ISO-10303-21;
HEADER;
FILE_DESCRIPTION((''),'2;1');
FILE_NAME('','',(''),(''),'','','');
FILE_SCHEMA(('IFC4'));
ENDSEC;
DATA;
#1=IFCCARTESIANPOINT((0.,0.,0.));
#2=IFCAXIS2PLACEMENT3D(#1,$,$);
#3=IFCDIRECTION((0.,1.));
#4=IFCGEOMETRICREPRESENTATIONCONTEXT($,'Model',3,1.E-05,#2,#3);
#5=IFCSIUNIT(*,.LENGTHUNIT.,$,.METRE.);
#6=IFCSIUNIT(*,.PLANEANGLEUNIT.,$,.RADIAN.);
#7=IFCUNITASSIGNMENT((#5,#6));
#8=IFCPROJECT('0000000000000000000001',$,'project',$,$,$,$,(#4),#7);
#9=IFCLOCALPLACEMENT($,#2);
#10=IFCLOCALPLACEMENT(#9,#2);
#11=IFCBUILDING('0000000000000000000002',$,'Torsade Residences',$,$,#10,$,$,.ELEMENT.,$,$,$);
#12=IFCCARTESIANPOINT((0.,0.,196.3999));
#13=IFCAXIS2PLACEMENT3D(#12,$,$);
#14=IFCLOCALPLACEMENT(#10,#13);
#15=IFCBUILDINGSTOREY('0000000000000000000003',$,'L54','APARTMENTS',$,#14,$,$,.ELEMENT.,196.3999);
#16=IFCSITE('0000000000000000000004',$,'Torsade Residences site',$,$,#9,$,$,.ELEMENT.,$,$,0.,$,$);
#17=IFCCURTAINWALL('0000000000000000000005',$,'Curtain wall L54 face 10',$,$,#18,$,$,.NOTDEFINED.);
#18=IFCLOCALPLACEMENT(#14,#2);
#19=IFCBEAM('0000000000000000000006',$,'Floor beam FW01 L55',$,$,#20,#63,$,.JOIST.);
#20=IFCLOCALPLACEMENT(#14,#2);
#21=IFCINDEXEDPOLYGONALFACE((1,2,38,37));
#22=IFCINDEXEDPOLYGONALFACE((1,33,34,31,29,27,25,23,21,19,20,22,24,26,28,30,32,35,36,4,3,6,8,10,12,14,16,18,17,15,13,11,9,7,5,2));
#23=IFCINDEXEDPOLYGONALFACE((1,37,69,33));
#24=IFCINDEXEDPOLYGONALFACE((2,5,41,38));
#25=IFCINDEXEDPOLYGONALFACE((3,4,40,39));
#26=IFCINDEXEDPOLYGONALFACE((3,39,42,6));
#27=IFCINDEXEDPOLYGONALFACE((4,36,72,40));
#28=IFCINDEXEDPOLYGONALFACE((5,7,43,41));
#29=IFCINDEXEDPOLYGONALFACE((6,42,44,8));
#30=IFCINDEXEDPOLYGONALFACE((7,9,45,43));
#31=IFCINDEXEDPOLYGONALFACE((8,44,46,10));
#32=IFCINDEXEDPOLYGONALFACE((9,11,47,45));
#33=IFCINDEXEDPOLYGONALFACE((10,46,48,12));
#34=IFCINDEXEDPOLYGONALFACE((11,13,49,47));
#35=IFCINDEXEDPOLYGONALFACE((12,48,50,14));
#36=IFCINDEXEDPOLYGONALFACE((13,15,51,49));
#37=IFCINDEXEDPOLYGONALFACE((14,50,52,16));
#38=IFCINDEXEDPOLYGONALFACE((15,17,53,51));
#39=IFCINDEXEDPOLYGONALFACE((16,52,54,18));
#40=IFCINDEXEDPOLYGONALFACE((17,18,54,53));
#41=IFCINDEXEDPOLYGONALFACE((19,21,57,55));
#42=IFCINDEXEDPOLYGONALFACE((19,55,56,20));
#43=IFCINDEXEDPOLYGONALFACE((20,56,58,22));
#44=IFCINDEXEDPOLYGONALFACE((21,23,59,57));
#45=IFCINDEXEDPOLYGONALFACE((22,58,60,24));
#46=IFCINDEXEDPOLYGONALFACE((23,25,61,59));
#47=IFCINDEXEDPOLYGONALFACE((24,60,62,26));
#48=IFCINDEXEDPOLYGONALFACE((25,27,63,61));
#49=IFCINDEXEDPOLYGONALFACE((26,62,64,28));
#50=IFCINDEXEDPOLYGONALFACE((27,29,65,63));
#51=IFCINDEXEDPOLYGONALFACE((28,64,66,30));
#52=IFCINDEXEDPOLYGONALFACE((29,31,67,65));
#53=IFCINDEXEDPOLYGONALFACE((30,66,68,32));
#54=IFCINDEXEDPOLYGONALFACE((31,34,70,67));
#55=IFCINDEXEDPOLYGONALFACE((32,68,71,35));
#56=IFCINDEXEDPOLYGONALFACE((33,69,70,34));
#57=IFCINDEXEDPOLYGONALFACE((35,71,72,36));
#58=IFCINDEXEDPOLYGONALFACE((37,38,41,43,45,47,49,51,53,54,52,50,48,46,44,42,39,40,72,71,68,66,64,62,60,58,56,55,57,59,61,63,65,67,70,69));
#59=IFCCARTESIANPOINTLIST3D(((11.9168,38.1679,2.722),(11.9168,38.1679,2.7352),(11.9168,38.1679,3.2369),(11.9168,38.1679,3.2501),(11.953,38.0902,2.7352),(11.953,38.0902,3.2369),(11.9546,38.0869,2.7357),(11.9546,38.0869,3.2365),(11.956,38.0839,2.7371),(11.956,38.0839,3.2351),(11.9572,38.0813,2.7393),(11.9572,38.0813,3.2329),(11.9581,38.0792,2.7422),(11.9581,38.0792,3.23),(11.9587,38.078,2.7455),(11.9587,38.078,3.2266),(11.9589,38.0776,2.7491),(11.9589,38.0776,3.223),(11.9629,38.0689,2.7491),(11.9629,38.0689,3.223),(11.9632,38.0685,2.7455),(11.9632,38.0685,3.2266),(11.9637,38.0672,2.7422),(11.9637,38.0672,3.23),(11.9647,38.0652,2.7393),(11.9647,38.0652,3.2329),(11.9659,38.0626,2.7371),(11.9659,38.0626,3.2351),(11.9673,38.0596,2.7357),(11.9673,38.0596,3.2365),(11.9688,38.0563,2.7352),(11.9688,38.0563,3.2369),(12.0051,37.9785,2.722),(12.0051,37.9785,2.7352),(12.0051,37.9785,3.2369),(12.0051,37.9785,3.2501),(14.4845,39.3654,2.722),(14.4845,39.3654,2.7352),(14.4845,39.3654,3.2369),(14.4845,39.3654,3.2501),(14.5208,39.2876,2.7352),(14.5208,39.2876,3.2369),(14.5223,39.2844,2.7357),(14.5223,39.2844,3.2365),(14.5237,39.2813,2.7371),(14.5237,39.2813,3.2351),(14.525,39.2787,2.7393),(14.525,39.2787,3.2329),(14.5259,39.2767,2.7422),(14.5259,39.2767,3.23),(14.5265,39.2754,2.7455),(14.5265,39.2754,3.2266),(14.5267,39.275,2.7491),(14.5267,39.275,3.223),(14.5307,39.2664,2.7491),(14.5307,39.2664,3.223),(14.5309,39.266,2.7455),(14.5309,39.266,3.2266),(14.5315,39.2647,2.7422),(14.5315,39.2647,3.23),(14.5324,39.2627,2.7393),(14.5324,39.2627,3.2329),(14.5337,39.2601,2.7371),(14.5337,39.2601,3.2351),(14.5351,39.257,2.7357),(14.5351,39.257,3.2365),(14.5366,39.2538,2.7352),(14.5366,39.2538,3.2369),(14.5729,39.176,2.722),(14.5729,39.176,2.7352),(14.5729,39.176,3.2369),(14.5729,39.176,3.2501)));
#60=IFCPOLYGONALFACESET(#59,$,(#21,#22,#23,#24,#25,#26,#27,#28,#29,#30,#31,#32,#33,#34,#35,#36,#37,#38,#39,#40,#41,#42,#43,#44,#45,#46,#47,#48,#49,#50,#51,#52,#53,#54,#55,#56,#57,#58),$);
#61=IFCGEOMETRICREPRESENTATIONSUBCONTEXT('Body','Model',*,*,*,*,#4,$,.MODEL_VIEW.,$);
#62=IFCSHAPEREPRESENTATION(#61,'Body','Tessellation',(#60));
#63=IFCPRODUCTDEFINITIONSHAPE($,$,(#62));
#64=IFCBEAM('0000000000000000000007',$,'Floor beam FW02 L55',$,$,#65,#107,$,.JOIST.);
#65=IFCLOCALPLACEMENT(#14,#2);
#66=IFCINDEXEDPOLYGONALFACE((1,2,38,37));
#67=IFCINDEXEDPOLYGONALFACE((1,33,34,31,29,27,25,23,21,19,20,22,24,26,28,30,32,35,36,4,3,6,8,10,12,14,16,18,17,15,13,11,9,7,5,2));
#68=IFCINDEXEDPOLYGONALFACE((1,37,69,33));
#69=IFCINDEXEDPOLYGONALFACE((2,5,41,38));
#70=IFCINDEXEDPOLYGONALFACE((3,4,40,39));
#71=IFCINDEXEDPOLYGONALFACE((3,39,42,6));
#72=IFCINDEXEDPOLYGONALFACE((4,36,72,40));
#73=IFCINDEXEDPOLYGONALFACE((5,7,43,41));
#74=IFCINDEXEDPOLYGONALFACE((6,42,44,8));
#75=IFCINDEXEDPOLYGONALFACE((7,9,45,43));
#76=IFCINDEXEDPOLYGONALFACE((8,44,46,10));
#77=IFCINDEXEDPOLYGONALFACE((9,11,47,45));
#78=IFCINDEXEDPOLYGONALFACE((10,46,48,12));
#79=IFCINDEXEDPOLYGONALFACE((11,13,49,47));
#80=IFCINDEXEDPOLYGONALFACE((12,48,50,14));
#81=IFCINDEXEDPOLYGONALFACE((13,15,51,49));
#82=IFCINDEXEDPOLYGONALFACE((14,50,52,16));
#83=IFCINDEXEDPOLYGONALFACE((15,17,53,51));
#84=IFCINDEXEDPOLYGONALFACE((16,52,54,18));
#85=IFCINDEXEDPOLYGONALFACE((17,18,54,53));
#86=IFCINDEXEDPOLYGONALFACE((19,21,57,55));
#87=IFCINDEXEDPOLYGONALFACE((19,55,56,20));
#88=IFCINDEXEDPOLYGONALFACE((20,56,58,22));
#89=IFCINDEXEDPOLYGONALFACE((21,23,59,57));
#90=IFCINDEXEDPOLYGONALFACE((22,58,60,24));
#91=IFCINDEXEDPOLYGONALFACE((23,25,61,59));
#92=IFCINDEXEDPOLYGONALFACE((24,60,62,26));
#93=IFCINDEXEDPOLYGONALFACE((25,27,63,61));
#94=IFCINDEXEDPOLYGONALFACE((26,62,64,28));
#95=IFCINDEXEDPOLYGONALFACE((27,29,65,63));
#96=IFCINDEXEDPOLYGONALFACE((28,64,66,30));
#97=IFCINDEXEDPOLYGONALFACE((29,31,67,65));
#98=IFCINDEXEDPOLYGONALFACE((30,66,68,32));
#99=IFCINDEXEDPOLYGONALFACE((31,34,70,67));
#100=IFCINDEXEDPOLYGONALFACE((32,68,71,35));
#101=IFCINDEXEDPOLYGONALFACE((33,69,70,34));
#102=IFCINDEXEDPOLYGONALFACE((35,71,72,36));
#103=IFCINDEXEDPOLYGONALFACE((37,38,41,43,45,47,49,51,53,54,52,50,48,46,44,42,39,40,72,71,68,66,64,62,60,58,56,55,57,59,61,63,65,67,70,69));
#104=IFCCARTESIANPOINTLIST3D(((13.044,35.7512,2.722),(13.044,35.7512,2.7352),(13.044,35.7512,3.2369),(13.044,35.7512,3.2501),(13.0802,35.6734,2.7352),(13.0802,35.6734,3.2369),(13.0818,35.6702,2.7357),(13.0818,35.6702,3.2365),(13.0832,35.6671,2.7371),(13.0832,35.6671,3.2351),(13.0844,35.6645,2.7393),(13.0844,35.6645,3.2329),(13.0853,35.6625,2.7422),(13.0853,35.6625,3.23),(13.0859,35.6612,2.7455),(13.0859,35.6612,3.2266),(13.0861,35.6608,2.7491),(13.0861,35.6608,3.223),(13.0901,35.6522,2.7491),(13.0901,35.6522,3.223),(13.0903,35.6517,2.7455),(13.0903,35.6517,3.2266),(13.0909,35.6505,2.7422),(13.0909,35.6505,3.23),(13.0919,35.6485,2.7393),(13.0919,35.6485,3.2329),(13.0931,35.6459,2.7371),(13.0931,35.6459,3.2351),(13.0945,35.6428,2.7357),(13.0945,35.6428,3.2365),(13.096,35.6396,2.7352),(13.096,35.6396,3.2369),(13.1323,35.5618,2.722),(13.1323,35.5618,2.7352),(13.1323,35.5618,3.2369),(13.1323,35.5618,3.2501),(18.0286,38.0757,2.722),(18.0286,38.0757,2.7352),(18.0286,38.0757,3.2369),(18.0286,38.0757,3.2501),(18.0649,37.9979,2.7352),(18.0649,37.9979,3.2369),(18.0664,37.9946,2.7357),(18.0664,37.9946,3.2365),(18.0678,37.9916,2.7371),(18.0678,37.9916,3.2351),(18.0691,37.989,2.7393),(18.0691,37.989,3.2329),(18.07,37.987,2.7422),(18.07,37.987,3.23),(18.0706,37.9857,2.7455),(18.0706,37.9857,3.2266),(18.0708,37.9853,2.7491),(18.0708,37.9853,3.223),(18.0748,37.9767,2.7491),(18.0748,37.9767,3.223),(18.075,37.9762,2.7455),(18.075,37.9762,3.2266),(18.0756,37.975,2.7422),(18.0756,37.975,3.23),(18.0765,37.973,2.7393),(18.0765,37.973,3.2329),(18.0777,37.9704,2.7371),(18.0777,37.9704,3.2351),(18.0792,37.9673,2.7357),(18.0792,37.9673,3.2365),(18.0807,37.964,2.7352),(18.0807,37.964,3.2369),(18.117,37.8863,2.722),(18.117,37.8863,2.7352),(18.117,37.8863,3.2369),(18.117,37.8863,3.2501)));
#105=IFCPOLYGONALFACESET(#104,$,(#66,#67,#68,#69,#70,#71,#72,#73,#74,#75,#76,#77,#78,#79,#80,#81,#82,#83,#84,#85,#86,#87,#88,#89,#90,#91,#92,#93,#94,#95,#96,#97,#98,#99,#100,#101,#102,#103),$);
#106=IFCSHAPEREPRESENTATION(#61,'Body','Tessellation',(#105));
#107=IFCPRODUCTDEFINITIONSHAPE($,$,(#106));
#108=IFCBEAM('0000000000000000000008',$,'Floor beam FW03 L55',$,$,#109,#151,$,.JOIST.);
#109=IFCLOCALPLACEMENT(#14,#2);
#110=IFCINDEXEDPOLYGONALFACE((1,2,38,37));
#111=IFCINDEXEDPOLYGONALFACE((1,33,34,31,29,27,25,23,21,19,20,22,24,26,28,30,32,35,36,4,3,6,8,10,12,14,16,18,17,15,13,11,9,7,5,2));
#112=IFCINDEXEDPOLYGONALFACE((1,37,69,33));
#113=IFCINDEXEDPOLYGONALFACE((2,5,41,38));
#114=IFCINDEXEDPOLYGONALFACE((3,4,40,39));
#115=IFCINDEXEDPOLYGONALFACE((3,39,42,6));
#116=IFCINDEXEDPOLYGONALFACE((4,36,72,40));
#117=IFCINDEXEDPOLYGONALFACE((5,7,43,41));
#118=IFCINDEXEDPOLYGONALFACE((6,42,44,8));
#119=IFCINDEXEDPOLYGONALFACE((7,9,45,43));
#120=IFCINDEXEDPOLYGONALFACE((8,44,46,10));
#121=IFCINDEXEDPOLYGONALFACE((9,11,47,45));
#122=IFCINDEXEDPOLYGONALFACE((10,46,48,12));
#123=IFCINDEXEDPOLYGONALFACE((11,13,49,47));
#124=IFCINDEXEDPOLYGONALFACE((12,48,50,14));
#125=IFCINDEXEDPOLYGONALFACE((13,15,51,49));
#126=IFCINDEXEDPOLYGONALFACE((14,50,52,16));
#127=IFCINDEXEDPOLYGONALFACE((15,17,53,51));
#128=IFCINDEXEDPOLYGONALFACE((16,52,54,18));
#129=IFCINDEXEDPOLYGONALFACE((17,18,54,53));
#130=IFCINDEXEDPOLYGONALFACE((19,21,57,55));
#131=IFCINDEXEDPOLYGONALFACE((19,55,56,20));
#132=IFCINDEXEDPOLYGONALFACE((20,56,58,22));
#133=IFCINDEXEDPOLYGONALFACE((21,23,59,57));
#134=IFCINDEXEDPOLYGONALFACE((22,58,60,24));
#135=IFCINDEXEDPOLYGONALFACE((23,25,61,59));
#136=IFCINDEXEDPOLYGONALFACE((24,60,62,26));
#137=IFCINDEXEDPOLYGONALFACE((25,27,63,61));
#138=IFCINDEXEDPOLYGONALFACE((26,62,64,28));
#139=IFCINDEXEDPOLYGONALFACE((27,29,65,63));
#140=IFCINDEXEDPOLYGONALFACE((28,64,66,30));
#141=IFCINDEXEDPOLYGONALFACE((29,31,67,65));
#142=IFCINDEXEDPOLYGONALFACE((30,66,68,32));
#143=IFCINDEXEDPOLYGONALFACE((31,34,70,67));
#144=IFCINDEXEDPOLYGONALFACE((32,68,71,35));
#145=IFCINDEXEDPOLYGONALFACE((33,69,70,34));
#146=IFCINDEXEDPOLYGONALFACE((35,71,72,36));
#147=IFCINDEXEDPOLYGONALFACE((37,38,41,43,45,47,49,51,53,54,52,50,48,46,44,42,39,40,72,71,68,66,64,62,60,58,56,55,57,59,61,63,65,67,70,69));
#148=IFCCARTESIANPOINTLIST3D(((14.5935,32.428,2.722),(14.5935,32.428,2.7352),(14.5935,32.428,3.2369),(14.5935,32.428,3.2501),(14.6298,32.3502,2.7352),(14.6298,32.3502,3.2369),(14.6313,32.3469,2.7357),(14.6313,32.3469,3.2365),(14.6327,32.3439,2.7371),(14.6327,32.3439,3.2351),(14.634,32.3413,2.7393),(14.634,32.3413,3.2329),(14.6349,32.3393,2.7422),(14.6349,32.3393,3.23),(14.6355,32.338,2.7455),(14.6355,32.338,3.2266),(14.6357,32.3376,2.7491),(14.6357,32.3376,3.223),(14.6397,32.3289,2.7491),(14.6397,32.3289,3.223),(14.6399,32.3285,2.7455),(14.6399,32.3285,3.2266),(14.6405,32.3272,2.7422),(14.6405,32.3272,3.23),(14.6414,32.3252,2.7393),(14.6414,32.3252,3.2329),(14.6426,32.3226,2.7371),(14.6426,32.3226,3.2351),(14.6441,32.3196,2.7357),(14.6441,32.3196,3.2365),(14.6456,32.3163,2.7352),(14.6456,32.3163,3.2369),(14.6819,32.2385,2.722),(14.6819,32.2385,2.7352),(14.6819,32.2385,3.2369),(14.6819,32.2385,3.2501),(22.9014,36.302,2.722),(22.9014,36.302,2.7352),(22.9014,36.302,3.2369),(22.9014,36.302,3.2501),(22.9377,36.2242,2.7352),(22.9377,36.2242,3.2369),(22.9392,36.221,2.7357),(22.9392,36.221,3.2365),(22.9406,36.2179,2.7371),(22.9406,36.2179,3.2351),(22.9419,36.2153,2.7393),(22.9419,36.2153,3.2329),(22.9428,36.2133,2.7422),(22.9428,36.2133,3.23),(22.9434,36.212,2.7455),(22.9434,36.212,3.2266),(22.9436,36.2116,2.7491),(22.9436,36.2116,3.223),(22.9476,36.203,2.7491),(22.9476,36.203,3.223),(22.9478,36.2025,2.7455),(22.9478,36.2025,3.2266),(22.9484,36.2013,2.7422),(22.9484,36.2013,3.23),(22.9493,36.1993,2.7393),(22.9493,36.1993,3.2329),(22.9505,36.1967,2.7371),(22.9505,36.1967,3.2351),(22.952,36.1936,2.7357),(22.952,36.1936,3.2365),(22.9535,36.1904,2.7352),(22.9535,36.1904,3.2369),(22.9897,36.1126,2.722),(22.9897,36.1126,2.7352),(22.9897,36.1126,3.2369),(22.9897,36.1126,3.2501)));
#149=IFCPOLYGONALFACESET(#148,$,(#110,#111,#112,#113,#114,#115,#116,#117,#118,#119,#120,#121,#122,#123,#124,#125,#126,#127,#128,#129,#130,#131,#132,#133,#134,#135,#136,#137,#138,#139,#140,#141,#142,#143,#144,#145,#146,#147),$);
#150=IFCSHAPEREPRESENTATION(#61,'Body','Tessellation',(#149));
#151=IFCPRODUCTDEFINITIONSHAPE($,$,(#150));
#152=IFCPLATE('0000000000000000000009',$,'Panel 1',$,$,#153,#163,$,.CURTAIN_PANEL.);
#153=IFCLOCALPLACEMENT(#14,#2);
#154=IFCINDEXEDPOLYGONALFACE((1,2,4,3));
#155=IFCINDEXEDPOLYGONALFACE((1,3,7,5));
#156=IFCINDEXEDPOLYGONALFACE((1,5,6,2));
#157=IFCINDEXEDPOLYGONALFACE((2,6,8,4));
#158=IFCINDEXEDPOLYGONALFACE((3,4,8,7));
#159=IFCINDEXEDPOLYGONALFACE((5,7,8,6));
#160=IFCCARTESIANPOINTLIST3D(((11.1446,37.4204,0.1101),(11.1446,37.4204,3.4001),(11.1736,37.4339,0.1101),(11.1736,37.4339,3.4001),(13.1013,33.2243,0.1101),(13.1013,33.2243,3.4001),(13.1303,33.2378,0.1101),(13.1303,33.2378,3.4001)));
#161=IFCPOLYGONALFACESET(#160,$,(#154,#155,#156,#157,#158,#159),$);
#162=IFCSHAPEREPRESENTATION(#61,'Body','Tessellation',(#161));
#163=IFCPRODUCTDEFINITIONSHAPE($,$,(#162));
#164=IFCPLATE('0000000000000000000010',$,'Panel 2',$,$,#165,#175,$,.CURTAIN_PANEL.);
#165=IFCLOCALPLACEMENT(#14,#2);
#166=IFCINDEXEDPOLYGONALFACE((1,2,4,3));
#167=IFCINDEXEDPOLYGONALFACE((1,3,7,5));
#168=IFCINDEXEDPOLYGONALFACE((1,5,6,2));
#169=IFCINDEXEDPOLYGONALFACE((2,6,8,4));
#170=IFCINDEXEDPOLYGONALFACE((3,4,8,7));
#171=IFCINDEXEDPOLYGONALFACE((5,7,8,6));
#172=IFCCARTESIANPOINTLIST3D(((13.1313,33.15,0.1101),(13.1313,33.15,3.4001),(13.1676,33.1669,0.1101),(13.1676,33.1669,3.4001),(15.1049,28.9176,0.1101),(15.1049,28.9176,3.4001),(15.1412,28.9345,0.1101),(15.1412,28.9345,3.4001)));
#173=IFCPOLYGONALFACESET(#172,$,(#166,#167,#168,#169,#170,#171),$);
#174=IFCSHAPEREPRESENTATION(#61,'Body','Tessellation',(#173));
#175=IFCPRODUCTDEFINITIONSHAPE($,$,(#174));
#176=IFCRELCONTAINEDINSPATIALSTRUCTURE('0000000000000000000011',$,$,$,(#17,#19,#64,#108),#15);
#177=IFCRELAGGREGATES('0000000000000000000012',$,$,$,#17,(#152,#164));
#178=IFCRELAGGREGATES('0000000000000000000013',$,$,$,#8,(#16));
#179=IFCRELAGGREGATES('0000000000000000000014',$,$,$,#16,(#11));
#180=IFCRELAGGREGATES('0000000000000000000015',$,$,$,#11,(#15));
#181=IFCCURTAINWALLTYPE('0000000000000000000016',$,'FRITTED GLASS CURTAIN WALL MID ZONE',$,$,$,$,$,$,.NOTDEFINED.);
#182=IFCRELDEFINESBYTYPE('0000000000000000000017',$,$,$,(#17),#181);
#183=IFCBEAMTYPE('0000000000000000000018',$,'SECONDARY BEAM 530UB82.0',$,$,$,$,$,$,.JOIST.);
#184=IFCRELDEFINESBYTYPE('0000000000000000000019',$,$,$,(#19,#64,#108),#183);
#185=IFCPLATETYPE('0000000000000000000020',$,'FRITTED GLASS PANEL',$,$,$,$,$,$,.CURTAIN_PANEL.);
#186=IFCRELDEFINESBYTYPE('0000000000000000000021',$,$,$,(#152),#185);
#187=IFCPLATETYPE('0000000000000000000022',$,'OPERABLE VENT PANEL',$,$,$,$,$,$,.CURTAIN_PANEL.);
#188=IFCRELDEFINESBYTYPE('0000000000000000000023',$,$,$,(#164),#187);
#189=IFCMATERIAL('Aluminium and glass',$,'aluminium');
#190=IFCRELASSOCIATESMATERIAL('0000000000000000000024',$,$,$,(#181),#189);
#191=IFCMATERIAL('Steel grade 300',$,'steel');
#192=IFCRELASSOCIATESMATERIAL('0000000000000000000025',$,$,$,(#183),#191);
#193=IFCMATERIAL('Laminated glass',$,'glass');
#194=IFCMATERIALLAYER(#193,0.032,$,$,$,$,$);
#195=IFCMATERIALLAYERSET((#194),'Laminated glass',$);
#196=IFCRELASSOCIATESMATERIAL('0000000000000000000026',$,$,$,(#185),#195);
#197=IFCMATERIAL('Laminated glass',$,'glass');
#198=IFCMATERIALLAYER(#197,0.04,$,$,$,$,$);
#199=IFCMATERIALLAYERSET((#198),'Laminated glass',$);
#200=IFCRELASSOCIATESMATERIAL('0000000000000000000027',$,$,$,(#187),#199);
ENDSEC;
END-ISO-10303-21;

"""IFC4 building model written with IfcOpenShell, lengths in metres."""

from ifc_helpers import new_model, si_unit, direction, frame, origin, origin_2d, place, context, subcontext, project, spatial, rectangle, i_section, extrude, material, layer, layer_set, material_profile, profile_set, type_object, element, aggregate, save


model = new_model("IFC4")

# Units and contexts
model_context = context("Model", 3, precision=1e-05, world=origin(), true_north=direction((0.0, 1.0)))
body_context = subcontext(model_context, "Body", "Model", "MODEL_VIEW")
ifc_project = project(units=[si_unit("LENGTHUNIT", "METRE"), si_unit("PLANEANGLEUNIT", "RADIAN")], contexts=[model_context])

# Site, building, storey
site_placement = place(None, origin())
site = spatial("IfcSite", under=ifc_project, at=site_placement, Name="Torsade Residences site", CompositionType="ELEMENT", RefElevation=0.0)
building_placement = place(site_placement, origin())
building = spatial("IfcBuilding", under=site, at=building_placement, Name="Torsade Residences", CompositionType="ELEMENT")
storey_placement = place(building_placement, frame((0.0, 0.0, 196.3999)))
storey = spatial("IfcBuildingStorey", under=building, at=storey_placement, Name="L54", Description="APARTMENTS", CompositionType="ELEMENT", Elevation=196.3999)

# Curtain wall
ifc_material_1 = material(Name="Aluminium and glass", Category="aluminium")
curtain_wall_type = type_object("IfcCurtainWallType", Name="FRITTED GLASS CURTAIN WALL MID ZONE", PredefinedType="NOTDEFINED", material=ifc_material_1)
curtain_wall_placement = place(storey_placement, origin())
curtain_wall = element("IfcCurtainWall", 1, at=curtain_wall_placement, inside=storey, type_object=curtain_wall_type, Name="Curtain wall L54 face 10", PredefinedType="NOTDEFINED")

# Beams
ifc_material_2 = material(Name="Steel grade 300", Category="steel")
ifc_material_profile_1 = material_profile(ifc_material_2, i_section(OverallWidth=0.209, OverallDepth=0.5281, WebThickness=0.0095, FlangeThickness=0.0132, FilletRadius=0.0139, at=origin_2d()), Name="530UB82.0")
ifc_profile_set_1 = profile_set([ifc_material_profile_1], Name="Steel grade 300")
beam_type_1 = type_object("IfcBeamType", Name="SECONDARY BEAM 530UB82.0", PredefinedType="JOIST", material=ifc_profile_set_1)
beam_1_placement = place(storey_placement, frame((11.9609, 38.0732, 2.9861), z_axis=(0.906295, 0.422645, 0.0), x_axis=(-0.422645, 0.906295, 0.0)))
element("IfcBeam", 2, at=beam_1_placement, inside=storey, type_object=beam_type_1, Name="Floor beam FW01 L55", PredefinedType="JOIST", context=body_context, shape_type="SweptSolid", body=[
    extrude(i_section(OverallWidth=0.209, OverallDepth=0.5281, WebThickness=0.0095, FlangeThickness=0.0132, FilletRadius=0.0139, at=origin_2d()), origin(), (0.0, 0.0, 1.0), 2.8333),
])
beam_2_placement = place(storey_placement, frame((13.0881, 35.6565, 2.9861), z_axis=(0.906301, 0.422633, 0.0), x_axis=(-0.422633, 0.906301, 0.0)))
element("IfcBeam", 3, at=beam_2_placement, inside=storey, type_object=beam_type_1, Name="Floor beam FW02 L55", PredefinedType="JOIST", context=body_context, shape_type="SweptSolid", body=[
    extrude(i_section(OverallWidth=0.209, OverallDepth=0.5281, WebThickness=0.0095, FlangeThickness=0.0132, FilletRadius=0.0139, at=origin_2d()), origin(), (0.0, 0.0, 1.0), 5.5),
])
beam_3_placement = place(storey_placement, frame((14.6377, 32.3333, 2.9861), z_axis=(0.906308, 0.422619, 0.0), x_axis=(-0.422619, 0.906308, 0.0)))
element("IfcBeam", 4, at=beam_3_placement, inside=storey, type_object=beam_type_1, Name="Floor beam FW03 L55", PredefinedType="JOIST", context=body_context, shape_type="SweptSolid", body=[
    extrude(i_section(OverallWidth=0.209, OverallDepth=0.5281, WebThickness=0.0095, FlangeThickness=0.0132, FilletRadius=0.0139, at=origin_2d()), origin(), (0.0, 0.0, 1.0), 9.1667),
])

# Plates
ifc_material_3 = material(Name="Laminated glass", Category="glass")
ifc_layer_1 = layer(ifc_material_3, 0.032)
ifc_layer_set_1 = layer_set([ifc_layer_1], Name="Laminated glass")
plate_type_1 = type_object("IfcPlateType", Name="FRITTED GLASS PANEL", PredefinedType="CURTAIN_PANEL", material=ifc_layer_set_1)
plate_1_placement = place(storey_placement, frame((12.1375, 35.3291, 0.1101), z_axis=(0.0, 0.0, 1.0), x_axis=(0.422618, -0.906308, 0.0)))
plate_1 = element("IfcPlate", 5, at=plate_1_placement, type_object=plate_type_1, Name="Panel 1", PredefinedType="CURTAIN_PANEL", context=body_context, shape_type="SweptSolid", body=[
    extrude(rectangle(XDim=4.6299, YDim=0.032, at=origin_2d()), origin(), (0.0, 0.0, 1.0), 3.29),
])
ifc_material_4 = material(Name="Laminated glass", Category="glass")
ifc_layer_2 = layer(ifc_material_4, 0.04)
ifc_layer_set_2 = layer_set([ifc_layer_2], Name="Laminated glass")
plate_type_2 = type_object("IfcPlateType", Name="OPERABLE VENT PANEL", PredefinedType="CURTAIN_PANEL", material=ifc_layer_set_2)
plate_2_placement = place(storey_placement, frame((14.1362, 31.0422, 0.1101), z_axis=(0.0, 0.0, 1.0), x_axis=(0.422618, -0.906308, 0.0)))
plate_2 = element("IfcPlate", 6, at=plate_2_placement, type_object=plate_type_2, Name="Panel 2", PredefinedType="CURTAIN_PANEL", context=body_context, shape_type="SweptSolid", body=[
    extrude(rectangle(XDim=4.6699, YDim=0.04, at=origin_2d()), origin(), (0.0, 0.0, 1.0), 3.29),
])
aggregate(curtain_wall, [plate_1, plate_2])

save(model, "model.ifc")
